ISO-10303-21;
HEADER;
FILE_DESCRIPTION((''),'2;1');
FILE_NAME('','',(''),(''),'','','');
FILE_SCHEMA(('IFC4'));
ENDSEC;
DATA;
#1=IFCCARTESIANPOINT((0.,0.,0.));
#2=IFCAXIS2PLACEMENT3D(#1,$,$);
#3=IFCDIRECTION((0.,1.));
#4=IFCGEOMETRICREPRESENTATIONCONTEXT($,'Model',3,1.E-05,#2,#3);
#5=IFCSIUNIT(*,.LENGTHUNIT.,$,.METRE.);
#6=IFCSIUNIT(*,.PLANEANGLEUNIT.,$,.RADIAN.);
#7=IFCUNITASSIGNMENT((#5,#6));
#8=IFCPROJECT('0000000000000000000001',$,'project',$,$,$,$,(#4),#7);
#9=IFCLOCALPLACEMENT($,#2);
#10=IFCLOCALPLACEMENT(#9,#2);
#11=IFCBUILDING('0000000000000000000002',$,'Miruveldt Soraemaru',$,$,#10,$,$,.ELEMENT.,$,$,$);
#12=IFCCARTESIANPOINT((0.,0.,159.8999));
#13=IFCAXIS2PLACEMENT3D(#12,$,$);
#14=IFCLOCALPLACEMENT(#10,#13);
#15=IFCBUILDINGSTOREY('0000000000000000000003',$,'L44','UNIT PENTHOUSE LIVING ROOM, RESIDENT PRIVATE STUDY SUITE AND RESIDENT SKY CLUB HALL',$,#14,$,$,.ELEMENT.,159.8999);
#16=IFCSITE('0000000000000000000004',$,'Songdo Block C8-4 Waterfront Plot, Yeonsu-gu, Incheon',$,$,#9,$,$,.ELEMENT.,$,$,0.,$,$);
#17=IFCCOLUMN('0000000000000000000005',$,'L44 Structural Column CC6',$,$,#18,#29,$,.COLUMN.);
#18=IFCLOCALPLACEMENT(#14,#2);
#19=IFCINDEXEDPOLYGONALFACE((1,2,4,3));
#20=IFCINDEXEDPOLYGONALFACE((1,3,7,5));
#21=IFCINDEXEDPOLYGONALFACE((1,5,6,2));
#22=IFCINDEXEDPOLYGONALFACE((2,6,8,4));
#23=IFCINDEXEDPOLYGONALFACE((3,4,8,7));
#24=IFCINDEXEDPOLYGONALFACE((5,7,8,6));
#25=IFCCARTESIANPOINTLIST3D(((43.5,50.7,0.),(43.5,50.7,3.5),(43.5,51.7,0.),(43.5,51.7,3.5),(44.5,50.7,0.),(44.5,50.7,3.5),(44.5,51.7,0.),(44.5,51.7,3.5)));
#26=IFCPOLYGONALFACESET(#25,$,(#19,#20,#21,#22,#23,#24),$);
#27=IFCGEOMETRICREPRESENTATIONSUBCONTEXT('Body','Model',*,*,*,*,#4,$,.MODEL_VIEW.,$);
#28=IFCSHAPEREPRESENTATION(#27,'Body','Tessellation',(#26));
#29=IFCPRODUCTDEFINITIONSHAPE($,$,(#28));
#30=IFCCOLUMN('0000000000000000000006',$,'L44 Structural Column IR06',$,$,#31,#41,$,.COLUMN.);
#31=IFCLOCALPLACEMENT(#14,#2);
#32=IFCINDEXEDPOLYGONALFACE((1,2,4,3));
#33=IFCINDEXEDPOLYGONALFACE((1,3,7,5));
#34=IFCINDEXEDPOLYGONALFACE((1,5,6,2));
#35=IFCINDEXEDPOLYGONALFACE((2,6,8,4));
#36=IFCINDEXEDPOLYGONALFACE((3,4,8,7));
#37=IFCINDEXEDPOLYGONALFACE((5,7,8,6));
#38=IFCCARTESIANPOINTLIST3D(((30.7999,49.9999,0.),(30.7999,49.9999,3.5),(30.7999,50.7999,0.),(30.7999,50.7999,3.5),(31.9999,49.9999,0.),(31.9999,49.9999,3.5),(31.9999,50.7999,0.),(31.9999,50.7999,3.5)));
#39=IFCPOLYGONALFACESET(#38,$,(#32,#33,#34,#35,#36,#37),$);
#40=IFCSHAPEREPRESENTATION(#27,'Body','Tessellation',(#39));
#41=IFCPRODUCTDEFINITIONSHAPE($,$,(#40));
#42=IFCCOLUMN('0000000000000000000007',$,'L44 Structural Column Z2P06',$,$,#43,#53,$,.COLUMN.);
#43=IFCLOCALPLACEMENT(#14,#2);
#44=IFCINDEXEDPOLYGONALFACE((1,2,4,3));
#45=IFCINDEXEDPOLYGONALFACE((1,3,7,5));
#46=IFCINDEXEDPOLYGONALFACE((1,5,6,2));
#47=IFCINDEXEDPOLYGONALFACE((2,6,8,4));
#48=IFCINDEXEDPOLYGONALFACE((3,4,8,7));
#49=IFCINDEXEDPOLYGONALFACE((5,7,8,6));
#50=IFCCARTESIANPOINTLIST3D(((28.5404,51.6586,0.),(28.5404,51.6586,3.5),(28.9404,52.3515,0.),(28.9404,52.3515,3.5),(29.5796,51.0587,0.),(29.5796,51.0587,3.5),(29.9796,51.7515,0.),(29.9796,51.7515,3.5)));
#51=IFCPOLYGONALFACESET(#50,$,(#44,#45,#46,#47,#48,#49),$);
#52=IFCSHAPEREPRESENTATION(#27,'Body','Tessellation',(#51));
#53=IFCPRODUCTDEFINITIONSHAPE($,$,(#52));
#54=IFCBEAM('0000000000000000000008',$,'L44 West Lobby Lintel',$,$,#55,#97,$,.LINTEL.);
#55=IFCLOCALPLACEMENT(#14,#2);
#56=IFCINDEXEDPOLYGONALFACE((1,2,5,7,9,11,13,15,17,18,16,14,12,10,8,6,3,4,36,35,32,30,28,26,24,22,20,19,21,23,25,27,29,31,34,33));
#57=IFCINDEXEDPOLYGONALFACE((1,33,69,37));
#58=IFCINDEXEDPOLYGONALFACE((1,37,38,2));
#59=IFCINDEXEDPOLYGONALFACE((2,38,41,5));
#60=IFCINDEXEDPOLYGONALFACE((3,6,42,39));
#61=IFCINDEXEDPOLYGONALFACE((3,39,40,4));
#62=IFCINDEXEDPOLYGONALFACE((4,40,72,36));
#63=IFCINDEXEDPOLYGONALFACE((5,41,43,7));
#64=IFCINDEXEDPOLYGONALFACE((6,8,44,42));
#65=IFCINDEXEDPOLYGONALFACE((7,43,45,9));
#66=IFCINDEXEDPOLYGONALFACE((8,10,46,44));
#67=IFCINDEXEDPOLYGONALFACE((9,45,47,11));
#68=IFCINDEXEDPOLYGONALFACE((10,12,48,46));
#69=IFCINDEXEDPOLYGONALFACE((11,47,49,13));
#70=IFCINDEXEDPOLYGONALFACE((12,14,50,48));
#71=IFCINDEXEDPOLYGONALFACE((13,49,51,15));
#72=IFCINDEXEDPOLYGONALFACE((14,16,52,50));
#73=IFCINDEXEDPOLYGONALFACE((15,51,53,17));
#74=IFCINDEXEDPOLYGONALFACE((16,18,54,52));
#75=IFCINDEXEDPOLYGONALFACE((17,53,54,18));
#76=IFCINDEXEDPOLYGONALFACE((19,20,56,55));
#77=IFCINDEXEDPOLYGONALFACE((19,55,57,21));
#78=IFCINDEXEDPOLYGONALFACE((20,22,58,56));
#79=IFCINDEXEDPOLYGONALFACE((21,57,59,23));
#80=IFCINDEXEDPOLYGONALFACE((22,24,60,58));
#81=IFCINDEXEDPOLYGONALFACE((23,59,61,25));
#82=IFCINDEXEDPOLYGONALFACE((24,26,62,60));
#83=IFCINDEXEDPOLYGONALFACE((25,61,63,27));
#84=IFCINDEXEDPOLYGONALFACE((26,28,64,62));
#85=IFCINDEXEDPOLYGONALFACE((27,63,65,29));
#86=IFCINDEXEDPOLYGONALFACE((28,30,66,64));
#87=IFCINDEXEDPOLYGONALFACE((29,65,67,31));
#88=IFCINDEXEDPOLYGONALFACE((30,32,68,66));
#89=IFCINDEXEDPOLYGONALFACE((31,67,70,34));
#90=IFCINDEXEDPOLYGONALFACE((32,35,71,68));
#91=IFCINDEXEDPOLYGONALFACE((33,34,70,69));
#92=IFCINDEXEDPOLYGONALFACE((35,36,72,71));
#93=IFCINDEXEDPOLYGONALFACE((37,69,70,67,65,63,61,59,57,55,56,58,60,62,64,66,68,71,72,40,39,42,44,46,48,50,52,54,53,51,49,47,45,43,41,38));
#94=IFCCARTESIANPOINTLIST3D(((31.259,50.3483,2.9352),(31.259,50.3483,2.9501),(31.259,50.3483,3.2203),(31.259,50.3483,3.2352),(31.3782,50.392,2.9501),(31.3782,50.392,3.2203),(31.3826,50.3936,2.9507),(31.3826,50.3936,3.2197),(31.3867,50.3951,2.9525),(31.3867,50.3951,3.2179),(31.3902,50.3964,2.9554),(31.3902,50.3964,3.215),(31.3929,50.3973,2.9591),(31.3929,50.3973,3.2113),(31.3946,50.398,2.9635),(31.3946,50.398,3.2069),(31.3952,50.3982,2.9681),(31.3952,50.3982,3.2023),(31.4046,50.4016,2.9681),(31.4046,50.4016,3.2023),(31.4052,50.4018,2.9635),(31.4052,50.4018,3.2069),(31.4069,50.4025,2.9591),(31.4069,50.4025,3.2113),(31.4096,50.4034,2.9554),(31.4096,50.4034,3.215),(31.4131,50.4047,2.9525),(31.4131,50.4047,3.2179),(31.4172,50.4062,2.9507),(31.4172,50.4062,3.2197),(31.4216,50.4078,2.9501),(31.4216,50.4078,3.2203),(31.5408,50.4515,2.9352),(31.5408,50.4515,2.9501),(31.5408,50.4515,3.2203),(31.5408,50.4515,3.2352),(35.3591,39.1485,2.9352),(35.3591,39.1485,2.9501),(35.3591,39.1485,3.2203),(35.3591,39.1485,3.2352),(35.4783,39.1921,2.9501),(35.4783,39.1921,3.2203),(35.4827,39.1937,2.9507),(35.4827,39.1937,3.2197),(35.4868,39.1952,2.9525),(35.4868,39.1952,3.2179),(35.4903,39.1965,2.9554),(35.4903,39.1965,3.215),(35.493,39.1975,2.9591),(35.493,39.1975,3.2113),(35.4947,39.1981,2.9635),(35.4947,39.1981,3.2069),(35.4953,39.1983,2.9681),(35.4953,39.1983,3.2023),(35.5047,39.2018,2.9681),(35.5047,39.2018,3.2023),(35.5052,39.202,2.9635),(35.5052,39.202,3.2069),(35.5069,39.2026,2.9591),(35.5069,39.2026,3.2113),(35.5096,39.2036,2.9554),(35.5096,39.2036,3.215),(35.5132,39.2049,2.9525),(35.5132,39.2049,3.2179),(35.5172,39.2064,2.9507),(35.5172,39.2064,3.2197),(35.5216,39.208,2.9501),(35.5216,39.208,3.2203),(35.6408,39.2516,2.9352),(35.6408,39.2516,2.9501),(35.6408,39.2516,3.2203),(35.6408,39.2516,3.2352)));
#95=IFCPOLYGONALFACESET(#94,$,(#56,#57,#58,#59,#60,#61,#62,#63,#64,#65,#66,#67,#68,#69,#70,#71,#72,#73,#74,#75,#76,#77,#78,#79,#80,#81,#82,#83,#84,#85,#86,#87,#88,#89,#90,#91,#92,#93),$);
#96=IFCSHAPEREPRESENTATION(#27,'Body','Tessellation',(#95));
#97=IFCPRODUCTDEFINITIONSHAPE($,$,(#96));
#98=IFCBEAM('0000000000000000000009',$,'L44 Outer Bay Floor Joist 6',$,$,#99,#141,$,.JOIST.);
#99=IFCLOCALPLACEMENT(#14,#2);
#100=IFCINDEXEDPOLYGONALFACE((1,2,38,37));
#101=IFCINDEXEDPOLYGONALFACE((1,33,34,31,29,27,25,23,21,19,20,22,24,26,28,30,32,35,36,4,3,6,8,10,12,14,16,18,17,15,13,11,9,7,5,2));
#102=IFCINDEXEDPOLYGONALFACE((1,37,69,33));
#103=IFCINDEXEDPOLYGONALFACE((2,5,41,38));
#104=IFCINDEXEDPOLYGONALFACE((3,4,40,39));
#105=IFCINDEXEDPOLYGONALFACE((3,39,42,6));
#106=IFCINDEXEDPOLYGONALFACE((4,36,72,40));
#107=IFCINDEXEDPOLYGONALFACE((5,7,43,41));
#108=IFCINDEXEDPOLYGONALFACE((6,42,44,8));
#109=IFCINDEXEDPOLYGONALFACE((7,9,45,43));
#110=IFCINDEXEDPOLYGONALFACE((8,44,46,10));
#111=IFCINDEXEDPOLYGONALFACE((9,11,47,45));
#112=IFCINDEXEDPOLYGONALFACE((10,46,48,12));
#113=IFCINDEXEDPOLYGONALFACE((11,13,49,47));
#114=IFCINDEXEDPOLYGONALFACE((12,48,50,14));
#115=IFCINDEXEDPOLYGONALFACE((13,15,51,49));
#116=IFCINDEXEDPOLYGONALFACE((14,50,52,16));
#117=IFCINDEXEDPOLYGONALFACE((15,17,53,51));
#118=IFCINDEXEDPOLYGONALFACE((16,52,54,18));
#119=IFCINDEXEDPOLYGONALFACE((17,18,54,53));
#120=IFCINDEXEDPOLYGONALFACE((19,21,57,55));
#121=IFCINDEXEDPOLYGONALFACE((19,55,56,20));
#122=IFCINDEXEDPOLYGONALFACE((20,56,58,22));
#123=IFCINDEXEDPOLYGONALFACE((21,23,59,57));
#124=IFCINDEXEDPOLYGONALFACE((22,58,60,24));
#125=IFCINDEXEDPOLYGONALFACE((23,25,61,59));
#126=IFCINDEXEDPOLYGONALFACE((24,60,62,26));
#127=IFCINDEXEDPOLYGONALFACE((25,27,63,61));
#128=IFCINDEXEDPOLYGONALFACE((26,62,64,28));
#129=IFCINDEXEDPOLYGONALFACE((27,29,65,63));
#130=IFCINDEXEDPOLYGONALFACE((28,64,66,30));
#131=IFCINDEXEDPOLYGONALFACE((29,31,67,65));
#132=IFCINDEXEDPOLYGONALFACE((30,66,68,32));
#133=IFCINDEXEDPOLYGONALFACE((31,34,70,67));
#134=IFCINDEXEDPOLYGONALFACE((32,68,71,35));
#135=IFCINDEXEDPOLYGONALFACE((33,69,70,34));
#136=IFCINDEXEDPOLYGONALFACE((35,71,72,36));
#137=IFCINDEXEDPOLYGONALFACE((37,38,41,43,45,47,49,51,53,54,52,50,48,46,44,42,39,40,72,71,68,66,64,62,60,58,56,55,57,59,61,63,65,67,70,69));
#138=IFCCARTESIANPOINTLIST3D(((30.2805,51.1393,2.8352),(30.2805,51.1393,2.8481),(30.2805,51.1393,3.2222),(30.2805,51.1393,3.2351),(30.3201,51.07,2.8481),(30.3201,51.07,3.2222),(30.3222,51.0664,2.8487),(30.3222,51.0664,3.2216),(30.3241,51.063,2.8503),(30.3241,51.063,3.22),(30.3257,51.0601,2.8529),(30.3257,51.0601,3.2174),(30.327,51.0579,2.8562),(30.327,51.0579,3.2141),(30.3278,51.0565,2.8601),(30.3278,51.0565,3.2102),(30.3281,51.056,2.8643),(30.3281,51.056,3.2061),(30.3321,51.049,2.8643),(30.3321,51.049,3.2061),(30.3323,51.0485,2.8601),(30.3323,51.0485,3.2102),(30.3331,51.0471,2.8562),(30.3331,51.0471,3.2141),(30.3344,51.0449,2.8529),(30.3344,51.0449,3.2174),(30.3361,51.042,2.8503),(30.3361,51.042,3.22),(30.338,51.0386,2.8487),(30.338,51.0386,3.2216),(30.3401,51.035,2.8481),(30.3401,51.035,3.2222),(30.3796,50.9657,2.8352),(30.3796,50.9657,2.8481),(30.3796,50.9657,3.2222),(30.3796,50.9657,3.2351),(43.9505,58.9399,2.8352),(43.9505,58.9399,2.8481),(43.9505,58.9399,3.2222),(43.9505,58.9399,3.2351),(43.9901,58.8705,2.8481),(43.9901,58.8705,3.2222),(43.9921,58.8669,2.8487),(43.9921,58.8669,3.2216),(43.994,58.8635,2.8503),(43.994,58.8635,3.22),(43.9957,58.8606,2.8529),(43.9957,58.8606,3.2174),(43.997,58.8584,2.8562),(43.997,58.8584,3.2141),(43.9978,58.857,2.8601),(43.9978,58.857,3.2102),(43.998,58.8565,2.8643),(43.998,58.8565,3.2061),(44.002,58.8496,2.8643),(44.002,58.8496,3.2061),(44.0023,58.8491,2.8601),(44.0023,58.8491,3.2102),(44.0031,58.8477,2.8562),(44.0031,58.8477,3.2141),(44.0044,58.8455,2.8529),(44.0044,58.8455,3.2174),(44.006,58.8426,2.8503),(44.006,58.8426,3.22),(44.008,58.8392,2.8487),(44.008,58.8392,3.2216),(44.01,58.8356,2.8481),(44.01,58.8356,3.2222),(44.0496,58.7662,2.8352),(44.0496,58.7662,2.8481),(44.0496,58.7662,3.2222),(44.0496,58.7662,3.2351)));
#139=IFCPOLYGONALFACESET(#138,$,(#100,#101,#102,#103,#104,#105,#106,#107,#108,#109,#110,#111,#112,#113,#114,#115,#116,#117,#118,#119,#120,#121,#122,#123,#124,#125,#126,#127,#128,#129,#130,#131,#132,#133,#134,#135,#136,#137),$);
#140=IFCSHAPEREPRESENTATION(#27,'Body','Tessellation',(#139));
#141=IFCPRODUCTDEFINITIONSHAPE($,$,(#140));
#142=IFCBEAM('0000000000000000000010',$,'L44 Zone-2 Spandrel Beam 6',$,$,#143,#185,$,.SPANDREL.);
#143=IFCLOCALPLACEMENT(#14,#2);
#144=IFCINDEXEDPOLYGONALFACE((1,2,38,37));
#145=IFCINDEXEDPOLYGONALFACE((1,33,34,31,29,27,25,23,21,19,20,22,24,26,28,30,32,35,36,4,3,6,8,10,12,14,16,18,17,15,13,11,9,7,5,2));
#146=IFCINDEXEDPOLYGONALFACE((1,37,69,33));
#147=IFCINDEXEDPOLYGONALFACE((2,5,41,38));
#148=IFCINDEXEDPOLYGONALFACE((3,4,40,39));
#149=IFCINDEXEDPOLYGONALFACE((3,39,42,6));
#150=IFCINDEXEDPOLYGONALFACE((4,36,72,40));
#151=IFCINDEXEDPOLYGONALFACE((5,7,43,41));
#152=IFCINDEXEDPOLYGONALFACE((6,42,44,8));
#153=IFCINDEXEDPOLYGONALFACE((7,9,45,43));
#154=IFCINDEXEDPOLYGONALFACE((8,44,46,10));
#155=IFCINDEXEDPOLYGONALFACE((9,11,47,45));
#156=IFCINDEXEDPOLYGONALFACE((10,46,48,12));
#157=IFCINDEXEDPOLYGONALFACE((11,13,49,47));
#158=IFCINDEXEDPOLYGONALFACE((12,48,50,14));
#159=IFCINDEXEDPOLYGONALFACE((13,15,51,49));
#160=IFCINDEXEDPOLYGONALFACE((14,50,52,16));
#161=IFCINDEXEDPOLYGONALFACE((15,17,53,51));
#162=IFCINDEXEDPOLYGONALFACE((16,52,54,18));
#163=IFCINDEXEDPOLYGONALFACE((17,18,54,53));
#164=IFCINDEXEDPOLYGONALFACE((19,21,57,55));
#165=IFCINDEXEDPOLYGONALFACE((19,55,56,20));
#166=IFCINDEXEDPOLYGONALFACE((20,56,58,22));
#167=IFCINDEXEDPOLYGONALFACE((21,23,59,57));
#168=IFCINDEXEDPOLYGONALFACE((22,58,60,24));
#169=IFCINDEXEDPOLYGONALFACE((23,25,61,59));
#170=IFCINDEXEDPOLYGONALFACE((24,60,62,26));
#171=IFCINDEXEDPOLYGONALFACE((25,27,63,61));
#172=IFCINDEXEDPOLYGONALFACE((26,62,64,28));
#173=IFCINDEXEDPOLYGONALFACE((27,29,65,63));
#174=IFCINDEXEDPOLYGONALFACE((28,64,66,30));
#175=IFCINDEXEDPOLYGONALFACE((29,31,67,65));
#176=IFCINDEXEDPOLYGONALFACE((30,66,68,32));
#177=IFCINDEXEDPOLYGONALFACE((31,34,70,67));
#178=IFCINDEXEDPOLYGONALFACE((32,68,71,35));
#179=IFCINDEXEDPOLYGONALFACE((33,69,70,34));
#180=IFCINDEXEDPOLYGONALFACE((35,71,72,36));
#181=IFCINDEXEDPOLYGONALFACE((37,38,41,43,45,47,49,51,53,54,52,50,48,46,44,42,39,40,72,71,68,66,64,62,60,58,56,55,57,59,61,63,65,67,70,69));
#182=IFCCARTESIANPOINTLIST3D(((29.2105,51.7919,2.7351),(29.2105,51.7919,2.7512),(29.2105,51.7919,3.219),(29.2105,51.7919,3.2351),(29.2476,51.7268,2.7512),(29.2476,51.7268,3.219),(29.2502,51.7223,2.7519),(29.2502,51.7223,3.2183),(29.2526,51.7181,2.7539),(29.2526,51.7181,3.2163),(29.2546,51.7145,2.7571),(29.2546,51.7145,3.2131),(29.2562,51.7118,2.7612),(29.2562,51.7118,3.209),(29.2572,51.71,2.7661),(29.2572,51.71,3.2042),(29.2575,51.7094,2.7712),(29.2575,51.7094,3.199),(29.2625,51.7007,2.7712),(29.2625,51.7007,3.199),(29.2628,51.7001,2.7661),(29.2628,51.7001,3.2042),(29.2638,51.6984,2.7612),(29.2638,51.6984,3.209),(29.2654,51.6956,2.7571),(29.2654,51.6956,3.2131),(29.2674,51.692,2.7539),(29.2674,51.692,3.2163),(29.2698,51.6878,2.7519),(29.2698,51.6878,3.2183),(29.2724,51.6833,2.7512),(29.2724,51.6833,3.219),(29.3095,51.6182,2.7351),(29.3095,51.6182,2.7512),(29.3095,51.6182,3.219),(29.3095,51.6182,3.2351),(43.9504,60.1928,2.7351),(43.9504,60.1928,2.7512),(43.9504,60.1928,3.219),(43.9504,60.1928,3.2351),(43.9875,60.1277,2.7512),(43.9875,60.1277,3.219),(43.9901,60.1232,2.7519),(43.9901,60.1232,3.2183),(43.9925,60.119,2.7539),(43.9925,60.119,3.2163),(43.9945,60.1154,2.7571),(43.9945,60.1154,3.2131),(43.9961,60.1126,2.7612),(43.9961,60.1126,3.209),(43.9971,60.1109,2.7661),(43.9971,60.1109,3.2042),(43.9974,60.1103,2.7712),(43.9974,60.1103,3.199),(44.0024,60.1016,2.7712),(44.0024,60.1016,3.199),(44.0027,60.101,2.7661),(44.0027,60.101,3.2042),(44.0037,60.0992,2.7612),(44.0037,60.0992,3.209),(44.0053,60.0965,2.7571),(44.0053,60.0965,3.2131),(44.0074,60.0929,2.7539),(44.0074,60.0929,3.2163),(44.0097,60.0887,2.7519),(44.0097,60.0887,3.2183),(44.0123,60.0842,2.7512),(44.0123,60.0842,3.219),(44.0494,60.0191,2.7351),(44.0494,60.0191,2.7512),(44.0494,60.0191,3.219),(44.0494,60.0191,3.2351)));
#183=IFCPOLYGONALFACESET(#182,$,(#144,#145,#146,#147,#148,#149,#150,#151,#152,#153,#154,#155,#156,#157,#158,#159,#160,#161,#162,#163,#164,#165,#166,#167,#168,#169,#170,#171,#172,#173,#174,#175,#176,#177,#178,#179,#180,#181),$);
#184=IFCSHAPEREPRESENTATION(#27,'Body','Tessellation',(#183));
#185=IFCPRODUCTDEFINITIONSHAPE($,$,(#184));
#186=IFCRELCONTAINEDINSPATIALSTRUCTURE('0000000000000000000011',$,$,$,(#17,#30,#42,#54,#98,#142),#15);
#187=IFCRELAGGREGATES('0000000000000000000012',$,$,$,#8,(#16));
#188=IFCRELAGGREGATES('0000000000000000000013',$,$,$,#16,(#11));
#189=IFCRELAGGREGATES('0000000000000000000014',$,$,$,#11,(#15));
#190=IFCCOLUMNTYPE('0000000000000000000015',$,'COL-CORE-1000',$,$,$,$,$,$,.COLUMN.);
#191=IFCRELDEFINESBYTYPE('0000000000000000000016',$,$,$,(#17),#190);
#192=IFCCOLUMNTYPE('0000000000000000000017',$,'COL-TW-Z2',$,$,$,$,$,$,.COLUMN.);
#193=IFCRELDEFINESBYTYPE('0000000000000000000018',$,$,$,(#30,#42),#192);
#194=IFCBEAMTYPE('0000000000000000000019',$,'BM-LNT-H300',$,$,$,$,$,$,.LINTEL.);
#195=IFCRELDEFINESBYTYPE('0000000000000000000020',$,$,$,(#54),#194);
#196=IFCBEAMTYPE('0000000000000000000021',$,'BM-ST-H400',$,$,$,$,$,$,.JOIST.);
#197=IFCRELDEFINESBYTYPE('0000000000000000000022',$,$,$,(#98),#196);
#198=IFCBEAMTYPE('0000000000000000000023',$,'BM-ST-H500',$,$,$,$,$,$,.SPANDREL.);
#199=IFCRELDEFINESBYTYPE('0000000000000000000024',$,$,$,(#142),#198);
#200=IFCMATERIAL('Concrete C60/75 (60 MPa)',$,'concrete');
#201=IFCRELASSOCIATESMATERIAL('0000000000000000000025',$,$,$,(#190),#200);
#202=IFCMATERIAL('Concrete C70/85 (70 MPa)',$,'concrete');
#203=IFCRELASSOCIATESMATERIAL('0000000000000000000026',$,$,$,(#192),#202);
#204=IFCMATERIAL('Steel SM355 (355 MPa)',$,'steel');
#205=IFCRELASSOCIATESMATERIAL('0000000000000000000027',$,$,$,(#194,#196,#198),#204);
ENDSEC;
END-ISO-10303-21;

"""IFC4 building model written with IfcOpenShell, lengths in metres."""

from ifc_helpers import new_model, si_unit, direction, frame, origin, origin_2d, place, context, subcontext, project, spatial, rectangle, i_section, extrude, material, material_profile, profile_set, type_object, element, save


model = new_model("IFC4")

# Units and contexts
model_context = context("Model", 3, precision=1e-05, world=origin(), true_north=direction((0.0, 1.0)))
body_context = subcontext(model_context, "Body", "Model", "MODEL_VIEW")
ifc_project = project(units=[si_unit("LENGTHUNIT", "METRE"), si_unit("PLANEANGLEUNIT", "RADIAN")], contexts=[model_context])

# Site, building, storey
site_placement = place(None, origin())
site = spatial("IfcSite", under=ifc_project, at=site_placement, Name="Songdo Block C8-4 Waterfront Plot, Yeonsu-gu, Incheon", CompositionType="ELEMENT", RefElevation=0.0)
building_placement = place(site_placement, origin())
building = spatial("IfcBuilding", under=site, at=building_placement, Name="Miruveldt Soraemaru", CompositionType="ELEMENT")
storey_placement = place(building_placement, frame((0.0, 0.0, 159.8999)))
storey = spatial("IfcBuildingStorey", under=building, at=storey_placement, Name="L44", Description="UNIT PENTHOUSE LIVING ROOM, RESIDENT PRIVATE STUDY SUITE AND RESIDENT SKY CLUB HALL", CompositionType="ELEMENT", Elevation=159.8999)

# Columns
ifc_material_1 = material(Name="Concrete C60/75 (60 MPa)", Category="concrete")
ifc_material_profile_1 = material_profile(ifc_material_1, rectangle(XDim=1.0, YDim=1.0, at=origin_2d()), Name="Concrete C60/75 (60 MPa)", Category="concrete")
ifc_profile_set_1 = profile_set([ifc_material_profile_1], Name="Concrete C60/75 (60 MPa)")
column_type_1 = type_object("IfcColumnType", Name="COL-CORE-1000", PredefinedType="COLUMN", material=ifc_profile_set_1)
column_placement = place(storey_placement, frame((44.0, 51.2, 0.0), z_axis=(0.0, 0.0, 1.0), x_axis=(1.0, 0.0, 0.0)))
element("IfcColumn", 1, at=column_placement, inside=storey, type_object=column_type_1, Name="L44 Structural Column CC6", PredefinedType="COLUMN", context=body_context, shape_type="SweptSolid", body=[
    extrude(rectangle(XDim=1.0, YDim=1.0, at=origin_2d()), origin(), (0.0, 0.0, 1.0), 3.5),
])
ifc_material_2 = material(Name="Concrete C70/85 (70 MPa)", Category="concrete")
ifc_material_profile_2 = material_profile(ifc_material_2, rectangle(XDim=1.2, YDim=0.8, at=origin_2d()), Name="Concrete C70/85 (70 MPa)", Category="concrete")
ifc_profile_set_2 = profile_set([ifc_material_profile_2], Name="Concrete C70/85 (70 MPa)")
column_type_2 = type_object("IfcColumnType", Name="COL-TW-Z2", PredefinedType="COLUMN", material=ifc_profile_set_2)
for number, where, z_axis, x_axis, name in (
    (2, (31.3999, 50.3999, 0.0), (0.0, 0.0, 1.0), (1.0, 0.0, 0.0), "L44 Structural Column IR06"),
    (3, (29.26, 51.7051, 0.0), (0.0, 0.0, 1.0), (-0.866025, 0.5, 0.0), "L44 Structural Column Z2P06"),
):
    element("IfcColumn", number, at=place(storey_placement, frame(where, z_axis=z_axis, x_axis=x_axis)), inside=storey, type_object=column_type_2, Name=name, PredefinedType="COLUMN", context=body_context, shape_type="SweptSolid", body=[
        extrude(rectangle(XDim=1.2, YDim=0.8, at=origin_2d()), origin(), (0.0, 0.0, 1.0), 3.5),
    ])

# Beams
ifc_material_3 = material(Name="Steel SM355 (355 MPa)", Category="steel")
ifc_material_profile_3 = material_profile(ifc_material_3, i_section(OverallWidth=0.3, OverallDepth=0.3, WebThickness=0.01, FlangeThickness=0.0149, FilletRadius=0.0181, at=origin_2d()), Name="Steel SM355 (355 MPa)", Category="steel")
ifc_profile_set_3 = profile_set([ifc_material_profile_3], Name="Steel SM355 (355 MPa)")
beam_type_1 = type_object("IfcBeamType", Name="BM-LNT-H300", PredefinedType="LINTEL", material=ifc_profile_set_3)
beam_1_placement = place(storey_placement, frame((31.3999, 50.3999, 3.0852), z_axis=(0.34377, -0.939054, 0.0), x_axis=(0.939054, 0.34377, 0.0)))
element("IfcBeam", 4, at=beam_1_placement, inside=storey, type_object=beam_type_1, Name="L44 West Lobby Lintel", PredefinedType="LINTEL", context=body_context, shape_type="SweptSolid", body=[
    extrude(i_section(OverallWidth=0.3, OverallDepth=0.3, WebThickness=0.01, FlangeThickness=0.0149, FilletRadius=0.0181, at=origin_2d()), origin(), (0.0, 0.0, 1.0), 11.9268),
])
ifc_material_profile_4 = material_profile(ifc_material_3, i_section(OverallWidth=0.2, OverallDepth=0.3999, WebThickness=0.0081, FlangeThickness=0.0129, FilletRadius=0.0161, at=origin_2d()), Name="Steel SM355 (355 MPa)", Category="steel")
ifc_profile_set_4 = profile_set([ifc_material_profile_4], Name="Steel SM355 (355 MPa)")
beam_type_2 = type_object("IfcBeamType", Name="BM-ST-H400", PredefinedType="JOIST", material=ifc_profile_set_4)
beam_2_placement = place(storey_placement, frame((30.3301, 51.0525, 3.0352), z_axis=(0.86854, 0.495619, 0.0), x_axis=(-0.495619, 0.86854, 0.0)))
element("IfcBeam", 5, at=beam_2_placement, inside=storey, type_object=beam_type_2, Name="L44 Outer Bay Floor Joist 6", PredefinedType="JOIST", context=body_context, shape_type="SweptSolid", body=[
    extrude(i_section(OverallWidth=0.2, OverallDepth=0.3999, WebThickness=0.0081, FlangeThickness=0.0129, FilletRadius=0.0161, at=origin_2d()), origin(), (0.0, 0.0, 1.0), 15.739),
])
ifc_material_profile_5 = material_profile(ifc_material_3, i_section(OverallWidth=0.2, OverallDepth=0.5, WebThickness=0.01, FlangeThickness=0.0161, FilletRadius=0.02, at=origin_2d()), Name="Steel SM355 (355 MPa)", Category="steel")
ifc_profile_set_5 = profile_set([ifc_material_profile_5], Name="Steel SM355 (355 MPa)")
beam_type_3 = type_object("IfcBeamType", Name="BM-ST-H500", PredefinedType="SPANDREL", material=ifc_profile_set_5)
beam_3_placement = place(storey_placement, frame((29.26, 51.7051, 2.9851), z_axis=(0.8688, 0.495162, 0.0), x_axis=(-0.495162, 0.8688, 0.0)))
element("IfcBeam", 6, at=beam_3_placement, inside=storey, type_object=beam_type_3, Name="L44 Zone-2 Spandrel Beam 6", PredefinedType="SPANDREL", context=body_context, shape_type="SweptSolid", body=[
    extrude(i_section(OverallWidth=0.2, OverallDepth=0.5, WebThickness=0.01, FlangeThickness=0.0161, FilletRadius=0.02, at=origin_2d()), origin(), (0.0, 0.0, 1.0), 16.9658),
])

save(model, "model.ifc")
